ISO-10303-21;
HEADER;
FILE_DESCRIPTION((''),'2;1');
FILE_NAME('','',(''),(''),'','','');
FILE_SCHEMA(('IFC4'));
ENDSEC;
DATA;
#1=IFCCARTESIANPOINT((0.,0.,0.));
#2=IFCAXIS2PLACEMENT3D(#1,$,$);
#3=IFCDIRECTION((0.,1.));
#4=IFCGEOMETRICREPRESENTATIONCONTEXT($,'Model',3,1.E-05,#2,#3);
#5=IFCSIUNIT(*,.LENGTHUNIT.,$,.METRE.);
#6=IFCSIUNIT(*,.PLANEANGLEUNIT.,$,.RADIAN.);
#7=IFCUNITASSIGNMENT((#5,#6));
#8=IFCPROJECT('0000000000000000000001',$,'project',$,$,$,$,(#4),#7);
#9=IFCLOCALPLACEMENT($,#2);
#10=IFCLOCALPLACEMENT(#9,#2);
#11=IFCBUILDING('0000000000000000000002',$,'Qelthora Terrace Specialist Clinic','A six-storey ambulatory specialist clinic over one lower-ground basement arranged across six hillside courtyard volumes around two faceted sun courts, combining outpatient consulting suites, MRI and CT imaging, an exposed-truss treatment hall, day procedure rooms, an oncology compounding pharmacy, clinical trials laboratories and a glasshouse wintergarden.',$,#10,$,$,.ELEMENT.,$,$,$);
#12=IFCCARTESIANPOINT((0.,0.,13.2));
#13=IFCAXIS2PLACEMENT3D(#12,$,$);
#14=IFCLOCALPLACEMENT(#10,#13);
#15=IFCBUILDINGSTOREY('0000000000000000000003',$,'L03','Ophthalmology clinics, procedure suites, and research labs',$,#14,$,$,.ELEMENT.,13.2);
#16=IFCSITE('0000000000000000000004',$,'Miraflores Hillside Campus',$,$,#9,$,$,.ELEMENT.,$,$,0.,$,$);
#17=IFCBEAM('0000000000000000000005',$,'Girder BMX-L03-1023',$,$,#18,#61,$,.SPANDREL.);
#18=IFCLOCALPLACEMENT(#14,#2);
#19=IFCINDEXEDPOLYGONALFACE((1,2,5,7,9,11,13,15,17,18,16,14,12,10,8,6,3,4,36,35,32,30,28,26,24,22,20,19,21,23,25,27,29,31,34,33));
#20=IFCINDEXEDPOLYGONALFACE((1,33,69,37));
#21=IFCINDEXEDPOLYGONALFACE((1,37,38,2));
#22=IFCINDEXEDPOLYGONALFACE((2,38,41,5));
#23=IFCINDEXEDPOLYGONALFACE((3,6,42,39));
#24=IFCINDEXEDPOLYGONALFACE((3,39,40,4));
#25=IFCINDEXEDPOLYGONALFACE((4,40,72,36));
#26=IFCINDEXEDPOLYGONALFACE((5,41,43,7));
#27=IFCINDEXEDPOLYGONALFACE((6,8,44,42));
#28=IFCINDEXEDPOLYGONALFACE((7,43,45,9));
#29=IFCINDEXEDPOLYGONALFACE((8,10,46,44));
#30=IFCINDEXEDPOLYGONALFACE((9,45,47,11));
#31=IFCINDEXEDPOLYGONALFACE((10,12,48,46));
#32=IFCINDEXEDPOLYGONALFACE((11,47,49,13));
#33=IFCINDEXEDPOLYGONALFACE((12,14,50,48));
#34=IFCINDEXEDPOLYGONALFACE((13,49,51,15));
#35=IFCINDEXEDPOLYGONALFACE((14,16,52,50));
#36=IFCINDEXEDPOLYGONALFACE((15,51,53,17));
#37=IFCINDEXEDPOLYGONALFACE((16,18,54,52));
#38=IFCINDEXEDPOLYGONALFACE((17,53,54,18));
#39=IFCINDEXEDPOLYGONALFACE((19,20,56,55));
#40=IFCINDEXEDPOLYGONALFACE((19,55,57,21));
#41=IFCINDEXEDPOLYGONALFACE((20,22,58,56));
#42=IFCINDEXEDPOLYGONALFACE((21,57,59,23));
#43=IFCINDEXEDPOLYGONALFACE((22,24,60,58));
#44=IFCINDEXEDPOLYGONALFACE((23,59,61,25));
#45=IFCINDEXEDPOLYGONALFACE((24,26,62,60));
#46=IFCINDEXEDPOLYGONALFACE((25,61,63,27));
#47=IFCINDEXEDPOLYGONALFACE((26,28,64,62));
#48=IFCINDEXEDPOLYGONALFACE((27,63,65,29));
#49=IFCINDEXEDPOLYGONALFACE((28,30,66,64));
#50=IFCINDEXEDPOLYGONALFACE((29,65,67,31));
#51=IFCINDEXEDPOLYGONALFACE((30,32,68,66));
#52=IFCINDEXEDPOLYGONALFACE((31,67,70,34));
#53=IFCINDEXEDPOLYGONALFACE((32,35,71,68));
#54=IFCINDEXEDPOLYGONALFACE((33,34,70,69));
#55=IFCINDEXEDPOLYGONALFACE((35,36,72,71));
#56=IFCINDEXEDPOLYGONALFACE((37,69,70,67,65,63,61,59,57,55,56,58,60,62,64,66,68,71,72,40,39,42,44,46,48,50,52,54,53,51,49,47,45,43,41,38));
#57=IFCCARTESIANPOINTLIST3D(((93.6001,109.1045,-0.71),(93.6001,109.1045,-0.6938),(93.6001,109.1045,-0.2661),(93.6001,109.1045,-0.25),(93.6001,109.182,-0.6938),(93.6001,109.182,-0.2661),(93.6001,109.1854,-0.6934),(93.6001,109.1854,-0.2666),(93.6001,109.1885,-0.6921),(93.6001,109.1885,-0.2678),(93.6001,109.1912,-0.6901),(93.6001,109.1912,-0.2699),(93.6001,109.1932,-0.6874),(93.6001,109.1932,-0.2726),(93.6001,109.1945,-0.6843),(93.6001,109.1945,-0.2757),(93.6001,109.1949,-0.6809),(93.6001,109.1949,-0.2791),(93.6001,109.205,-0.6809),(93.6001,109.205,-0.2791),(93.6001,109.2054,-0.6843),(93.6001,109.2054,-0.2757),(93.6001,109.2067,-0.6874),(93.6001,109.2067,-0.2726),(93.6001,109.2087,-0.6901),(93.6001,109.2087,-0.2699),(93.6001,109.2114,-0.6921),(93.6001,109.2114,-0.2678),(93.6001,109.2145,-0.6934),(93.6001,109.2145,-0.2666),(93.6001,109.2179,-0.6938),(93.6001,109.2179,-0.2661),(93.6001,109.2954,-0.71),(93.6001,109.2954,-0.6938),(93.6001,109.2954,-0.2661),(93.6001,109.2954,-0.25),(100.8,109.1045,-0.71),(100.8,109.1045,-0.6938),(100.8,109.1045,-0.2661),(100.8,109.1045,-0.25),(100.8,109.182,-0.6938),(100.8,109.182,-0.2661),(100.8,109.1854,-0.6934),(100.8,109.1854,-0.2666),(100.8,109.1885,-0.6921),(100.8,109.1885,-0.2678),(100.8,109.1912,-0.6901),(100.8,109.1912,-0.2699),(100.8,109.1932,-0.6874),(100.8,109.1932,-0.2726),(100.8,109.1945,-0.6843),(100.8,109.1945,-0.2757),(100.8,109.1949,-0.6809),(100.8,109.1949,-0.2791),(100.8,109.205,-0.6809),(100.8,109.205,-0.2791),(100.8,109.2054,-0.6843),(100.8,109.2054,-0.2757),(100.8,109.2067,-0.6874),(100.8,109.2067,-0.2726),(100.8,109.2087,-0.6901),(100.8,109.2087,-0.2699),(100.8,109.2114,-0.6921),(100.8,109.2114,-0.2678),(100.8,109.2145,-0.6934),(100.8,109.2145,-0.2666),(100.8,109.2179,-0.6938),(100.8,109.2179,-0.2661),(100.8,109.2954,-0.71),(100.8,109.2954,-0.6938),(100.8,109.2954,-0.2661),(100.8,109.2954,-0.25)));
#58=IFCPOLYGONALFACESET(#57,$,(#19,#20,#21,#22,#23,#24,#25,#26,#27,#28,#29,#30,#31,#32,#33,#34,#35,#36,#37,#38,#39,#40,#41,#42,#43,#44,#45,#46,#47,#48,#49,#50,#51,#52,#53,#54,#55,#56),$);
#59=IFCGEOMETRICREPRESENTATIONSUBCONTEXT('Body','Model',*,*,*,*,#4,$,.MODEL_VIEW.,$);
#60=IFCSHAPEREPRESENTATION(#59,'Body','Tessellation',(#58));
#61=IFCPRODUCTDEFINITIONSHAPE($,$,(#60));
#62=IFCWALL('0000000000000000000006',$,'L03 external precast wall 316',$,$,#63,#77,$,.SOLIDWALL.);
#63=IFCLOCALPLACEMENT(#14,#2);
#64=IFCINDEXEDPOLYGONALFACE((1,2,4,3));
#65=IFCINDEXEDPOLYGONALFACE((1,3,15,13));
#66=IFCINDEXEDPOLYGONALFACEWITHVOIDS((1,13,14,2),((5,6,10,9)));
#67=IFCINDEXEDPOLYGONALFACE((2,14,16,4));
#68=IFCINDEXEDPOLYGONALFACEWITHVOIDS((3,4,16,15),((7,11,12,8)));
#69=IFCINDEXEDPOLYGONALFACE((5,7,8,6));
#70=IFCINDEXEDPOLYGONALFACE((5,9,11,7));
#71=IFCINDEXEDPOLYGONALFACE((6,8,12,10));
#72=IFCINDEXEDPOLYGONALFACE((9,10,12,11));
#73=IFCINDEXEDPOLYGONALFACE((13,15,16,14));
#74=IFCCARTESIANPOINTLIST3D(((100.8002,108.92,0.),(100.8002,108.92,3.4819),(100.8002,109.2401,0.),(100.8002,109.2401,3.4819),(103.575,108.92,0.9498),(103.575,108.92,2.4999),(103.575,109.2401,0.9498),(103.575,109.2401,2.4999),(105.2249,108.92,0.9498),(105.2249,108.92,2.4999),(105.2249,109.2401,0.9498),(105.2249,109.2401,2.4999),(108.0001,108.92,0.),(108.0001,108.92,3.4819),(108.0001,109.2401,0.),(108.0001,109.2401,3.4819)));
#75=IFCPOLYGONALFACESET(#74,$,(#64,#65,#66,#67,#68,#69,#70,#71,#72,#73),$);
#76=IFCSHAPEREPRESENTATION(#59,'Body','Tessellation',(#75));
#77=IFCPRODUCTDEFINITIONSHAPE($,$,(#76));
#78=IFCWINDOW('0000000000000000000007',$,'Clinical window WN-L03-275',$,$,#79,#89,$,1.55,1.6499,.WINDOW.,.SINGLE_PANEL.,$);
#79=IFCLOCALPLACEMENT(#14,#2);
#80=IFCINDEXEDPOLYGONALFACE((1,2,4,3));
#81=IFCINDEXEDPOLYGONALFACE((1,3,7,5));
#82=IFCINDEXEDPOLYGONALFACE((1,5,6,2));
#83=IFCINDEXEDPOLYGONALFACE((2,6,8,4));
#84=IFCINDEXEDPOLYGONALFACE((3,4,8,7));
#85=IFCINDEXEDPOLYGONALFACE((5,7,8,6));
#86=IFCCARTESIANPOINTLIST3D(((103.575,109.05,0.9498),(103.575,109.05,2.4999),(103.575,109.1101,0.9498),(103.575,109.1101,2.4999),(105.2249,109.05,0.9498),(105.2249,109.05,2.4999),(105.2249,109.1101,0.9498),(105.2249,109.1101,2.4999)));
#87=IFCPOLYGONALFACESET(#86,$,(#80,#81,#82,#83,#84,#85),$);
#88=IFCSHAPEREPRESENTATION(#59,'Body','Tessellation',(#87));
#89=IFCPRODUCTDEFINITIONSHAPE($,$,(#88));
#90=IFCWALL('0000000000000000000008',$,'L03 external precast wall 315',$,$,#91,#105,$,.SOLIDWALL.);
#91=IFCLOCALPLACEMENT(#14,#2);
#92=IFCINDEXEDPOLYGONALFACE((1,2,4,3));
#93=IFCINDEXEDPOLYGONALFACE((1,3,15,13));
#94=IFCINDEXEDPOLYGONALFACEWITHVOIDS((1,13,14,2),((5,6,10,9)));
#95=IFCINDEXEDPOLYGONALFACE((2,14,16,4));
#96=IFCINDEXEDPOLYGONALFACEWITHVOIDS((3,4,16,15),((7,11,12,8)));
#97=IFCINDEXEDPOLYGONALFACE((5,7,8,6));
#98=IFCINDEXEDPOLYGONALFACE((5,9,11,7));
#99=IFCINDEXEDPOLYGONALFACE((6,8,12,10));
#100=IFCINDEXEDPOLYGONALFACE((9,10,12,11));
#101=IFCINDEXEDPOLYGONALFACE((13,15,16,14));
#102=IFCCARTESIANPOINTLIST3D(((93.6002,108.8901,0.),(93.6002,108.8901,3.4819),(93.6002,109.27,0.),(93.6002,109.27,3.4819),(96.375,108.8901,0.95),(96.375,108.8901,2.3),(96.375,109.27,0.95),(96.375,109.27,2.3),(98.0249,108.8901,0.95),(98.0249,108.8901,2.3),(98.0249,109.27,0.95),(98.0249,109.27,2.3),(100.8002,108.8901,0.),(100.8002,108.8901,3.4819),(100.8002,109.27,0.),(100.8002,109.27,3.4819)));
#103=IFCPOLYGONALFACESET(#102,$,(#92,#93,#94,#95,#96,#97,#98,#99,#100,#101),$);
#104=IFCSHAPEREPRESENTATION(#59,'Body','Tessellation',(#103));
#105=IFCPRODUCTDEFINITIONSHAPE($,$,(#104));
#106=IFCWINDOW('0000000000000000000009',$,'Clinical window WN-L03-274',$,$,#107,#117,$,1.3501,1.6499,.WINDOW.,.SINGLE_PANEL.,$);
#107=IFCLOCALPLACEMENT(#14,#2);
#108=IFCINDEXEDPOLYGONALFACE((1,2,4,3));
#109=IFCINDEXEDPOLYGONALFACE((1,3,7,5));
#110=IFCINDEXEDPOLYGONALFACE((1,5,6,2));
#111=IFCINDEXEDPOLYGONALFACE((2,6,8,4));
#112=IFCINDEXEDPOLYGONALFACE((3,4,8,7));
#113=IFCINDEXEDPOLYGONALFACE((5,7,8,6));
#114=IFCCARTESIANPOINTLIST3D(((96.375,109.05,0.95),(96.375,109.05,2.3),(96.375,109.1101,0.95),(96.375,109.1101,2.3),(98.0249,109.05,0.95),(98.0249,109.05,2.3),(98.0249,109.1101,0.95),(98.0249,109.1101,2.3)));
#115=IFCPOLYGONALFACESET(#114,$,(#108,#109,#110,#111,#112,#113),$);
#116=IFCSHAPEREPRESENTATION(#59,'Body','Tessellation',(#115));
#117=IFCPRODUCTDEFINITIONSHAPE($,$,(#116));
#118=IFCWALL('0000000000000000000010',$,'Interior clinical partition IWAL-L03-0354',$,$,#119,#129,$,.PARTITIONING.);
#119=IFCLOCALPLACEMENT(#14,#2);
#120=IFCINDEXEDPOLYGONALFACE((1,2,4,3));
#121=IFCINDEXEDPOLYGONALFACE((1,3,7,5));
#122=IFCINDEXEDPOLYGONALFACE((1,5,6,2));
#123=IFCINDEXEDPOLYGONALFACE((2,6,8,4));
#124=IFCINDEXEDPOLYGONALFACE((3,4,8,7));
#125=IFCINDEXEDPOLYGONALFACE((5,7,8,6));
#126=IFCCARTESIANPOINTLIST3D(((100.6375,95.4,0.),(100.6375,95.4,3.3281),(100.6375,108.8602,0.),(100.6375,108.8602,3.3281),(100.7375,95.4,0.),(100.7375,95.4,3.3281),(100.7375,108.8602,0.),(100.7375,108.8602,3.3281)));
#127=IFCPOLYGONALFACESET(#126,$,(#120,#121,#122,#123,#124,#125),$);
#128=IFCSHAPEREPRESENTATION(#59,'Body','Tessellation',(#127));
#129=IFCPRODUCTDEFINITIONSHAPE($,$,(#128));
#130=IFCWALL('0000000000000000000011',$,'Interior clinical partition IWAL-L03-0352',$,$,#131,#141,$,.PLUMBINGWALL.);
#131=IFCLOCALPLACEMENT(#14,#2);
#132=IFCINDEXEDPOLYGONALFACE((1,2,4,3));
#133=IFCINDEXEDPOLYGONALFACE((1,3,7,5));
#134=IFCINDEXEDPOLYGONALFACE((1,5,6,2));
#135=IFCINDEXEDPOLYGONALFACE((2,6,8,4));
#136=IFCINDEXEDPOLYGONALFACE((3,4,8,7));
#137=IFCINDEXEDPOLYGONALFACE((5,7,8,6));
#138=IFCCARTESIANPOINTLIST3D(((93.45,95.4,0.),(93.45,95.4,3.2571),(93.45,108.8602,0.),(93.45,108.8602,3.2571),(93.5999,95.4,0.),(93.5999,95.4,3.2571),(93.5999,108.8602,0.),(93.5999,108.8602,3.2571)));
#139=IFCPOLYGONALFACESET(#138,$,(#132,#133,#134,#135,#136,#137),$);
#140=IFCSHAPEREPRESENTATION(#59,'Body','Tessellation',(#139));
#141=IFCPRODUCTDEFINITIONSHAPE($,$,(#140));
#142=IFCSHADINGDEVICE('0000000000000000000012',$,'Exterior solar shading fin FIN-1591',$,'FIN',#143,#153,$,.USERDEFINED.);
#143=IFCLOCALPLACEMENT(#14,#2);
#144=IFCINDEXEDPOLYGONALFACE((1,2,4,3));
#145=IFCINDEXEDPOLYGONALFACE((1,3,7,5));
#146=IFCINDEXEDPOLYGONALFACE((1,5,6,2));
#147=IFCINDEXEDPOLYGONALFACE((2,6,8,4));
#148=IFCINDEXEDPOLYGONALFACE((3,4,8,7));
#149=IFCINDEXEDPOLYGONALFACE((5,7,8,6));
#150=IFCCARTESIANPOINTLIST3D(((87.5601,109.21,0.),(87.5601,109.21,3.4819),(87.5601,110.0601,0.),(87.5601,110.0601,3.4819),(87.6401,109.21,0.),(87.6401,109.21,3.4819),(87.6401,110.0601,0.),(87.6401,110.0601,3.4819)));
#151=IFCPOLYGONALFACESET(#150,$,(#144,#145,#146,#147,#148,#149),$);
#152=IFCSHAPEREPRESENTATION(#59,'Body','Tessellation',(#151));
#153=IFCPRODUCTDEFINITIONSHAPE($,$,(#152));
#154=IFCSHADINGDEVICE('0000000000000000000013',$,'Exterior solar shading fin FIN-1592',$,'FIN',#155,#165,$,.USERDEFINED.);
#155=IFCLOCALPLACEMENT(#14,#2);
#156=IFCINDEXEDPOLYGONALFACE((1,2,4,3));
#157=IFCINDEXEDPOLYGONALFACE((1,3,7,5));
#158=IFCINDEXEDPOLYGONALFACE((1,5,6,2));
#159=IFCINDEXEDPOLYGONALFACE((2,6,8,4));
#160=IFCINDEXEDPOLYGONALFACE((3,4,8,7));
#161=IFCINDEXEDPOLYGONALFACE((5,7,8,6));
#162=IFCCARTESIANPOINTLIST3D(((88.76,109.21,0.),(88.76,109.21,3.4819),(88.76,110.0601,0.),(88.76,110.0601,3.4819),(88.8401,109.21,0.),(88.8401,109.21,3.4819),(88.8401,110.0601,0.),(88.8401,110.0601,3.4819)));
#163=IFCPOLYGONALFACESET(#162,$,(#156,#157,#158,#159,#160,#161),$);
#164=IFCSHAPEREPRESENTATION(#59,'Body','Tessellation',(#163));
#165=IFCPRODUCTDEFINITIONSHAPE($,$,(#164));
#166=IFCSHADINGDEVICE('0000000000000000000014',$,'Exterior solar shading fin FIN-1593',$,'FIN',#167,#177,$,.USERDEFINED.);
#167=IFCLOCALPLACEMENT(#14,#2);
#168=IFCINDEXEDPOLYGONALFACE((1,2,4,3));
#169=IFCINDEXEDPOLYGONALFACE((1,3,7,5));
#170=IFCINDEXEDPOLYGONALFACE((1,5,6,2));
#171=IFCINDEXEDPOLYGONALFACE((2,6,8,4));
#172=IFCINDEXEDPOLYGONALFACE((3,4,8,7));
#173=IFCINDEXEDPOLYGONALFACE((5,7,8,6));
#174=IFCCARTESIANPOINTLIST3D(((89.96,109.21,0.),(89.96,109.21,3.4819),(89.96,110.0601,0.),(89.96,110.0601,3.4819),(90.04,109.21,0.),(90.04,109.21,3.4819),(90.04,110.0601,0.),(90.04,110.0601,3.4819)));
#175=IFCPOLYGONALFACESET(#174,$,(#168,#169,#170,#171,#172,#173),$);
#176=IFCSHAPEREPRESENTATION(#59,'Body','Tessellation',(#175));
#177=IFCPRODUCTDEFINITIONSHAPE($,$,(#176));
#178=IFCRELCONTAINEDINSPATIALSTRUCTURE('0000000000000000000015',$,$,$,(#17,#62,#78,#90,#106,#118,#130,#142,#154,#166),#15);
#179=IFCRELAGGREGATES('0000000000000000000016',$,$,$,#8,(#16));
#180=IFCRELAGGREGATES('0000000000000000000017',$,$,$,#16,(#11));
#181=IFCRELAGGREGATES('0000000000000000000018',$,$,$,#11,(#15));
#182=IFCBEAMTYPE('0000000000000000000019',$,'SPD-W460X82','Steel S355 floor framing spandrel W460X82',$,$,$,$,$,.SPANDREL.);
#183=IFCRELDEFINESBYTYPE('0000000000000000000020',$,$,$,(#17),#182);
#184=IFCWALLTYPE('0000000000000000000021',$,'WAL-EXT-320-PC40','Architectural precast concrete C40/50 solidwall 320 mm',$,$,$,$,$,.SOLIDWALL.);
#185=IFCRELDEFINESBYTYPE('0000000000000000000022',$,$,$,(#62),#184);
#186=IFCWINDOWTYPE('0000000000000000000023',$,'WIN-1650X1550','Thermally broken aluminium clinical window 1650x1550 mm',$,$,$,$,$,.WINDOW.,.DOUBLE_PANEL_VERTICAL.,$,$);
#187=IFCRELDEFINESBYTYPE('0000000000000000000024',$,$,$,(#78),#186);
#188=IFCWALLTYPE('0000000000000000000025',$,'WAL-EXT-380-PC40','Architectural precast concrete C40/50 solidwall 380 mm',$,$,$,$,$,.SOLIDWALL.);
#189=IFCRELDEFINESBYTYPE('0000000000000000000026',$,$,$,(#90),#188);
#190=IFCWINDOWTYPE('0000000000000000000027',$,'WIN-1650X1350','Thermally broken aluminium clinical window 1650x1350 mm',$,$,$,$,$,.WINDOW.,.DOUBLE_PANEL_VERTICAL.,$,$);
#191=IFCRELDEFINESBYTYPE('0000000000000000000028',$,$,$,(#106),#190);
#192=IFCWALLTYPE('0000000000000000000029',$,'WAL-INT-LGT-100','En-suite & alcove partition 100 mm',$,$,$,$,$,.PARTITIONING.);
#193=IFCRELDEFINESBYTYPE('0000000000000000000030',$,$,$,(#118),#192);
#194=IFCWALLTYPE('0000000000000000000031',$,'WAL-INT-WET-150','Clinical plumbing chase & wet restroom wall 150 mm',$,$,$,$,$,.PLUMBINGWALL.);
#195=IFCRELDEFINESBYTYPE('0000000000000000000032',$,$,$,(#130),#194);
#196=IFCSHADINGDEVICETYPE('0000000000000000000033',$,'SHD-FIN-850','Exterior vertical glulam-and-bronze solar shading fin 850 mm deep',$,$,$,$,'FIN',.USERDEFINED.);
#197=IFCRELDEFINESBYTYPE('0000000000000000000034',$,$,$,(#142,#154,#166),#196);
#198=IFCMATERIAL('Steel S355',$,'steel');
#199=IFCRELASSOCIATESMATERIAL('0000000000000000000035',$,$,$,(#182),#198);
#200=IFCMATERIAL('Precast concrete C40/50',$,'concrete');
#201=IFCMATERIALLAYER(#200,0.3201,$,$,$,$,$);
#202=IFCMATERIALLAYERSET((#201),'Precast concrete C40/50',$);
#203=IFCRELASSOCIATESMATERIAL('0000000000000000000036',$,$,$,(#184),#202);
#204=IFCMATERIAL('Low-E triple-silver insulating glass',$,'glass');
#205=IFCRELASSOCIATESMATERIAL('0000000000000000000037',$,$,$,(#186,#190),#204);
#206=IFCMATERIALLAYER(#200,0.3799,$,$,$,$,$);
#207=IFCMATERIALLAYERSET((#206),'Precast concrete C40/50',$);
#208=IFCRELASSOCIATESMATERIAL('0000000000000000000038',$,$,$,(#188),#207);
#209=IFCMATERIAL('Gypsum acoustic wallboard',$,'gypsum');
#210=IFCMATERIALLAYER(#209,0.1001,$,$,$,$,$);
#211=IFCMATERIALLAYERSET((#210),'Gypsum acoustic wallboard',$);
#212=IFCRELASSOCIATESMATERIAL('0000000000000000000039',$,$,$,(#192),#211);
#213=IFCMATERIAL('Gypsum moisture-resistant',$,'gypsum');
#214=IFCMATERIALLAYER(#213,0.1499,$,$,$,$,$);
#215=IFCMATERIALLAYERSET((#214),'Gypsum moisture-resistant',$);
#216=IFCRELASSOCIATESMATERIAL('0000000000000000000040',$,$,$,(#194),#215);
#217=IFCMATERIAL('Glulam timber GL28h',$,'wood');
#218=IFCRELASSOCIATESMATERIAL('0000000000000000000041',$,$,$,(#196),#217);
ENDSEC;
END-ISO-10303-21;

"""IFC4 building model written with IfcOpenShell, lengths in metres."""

from ifc_helpers import new_model, si_unit, direction, frame, frame_2d, origin, origin_2d, place, context, subcontext, project, spatial, rectangle, i_section, extrude, material, layer, layer_set, material_profile, profile_set, type_object, element, fill, save


model = new_model("IFC4")

# Units and contexts
model_context = context("Model", 3, precision=1e-05, world=origin(), true_north=direction((0.0, 1.0)))
body_context = subcontext(model_context, "Body", "Model", "MODEL_VIEW")
ifc_project = project(units=[si_unit("LENGTHUNIT", "METRE"), si_unit("PLANEANGLEUNIT", "RADIAN")], contexts=[model_context])

# Site, building, storey
site_placement = place(None, origin())
site = spatial("IfcSite", under=ifc_project, at=site_placement, Name="Miraflores Hillside Campus", CompositionType="ELEMENT", RefElevation=0.0)
building_placement = place(site_placement, origin())
building = spatial("IfcBuilding", under=site, at=building_placement, Name="Qelthora Terrace Specialist Clinic", Description="A six-storey ambulatory specialist clinic over one lower-ground basement arranged across six hillside courtyard volumes around two faceted sun courts, combining outpatient consulting suites, MRI and CT imaging, an exposed-truss treatment hall, day procedure rooms, an oncology compounding pharmacy, clinical trials laboratories and a glasshouse wintergarden.", CompositionType="ELEMENT")
storey_placement = place(building_placement, frame((0.0, 0.0, 13.2)))
storey = spatial("IfcBuildingStorey", under=building, at=storey_placement, Name="L03", Description="Ophthalmology clinics, procedure suites, and research labs", CompositionType="ELEMENT", Elevation=13.2)

# Shared definitions
ifc_material_1 = material(Name="Steel S355", Category="steel")

# Beam
ifc_material_profile_1 = material_profile(ifc_material_1, i_section(OverallWidth=0.1909, OverallDepth=0.46, WebThickness=0.01, FlangeThickness=0.0161, FilletRadius=0.0129, at=origin_2d()), Name="W460X82")
ifc_profile_set_1 = profile_set([ifc_material_profile_1], Name="Steel S355")
beam_type_1 = type_object("IfcBeamType", Name="SPD-W460X82", Description="Steel S355 floor framing spandrel W460X82", PredefinedType="SPANDREL", material=ifc_profile_set_1)
beam_1_placement = place(storey_placement, frame((93.6001, 109.2, -0.48), z_axis=(1.0, 0.0, 0.0), x_axis=(0.0, 1.0, 0.0)))
element("IfcBeam", 1, at=beam_1_placement, inside=storey, type_object=beam_type_1, Name="Girder BMX-L03-1023", PredefinedType="SPANDREL", context=body_context, shape_type="SweptSolid", body=[
    extrude(i_section(OverallWidth=0.1909, OverallDepth=0.46, WebThickness=0.01, FlangeThickness=0.0161, FilletRadius=0.0129, at=origin_2d()), origin(), (0.0, 0.0, 1.0), 7.2),
])

# Walls, openings, windows
ifc_material_2 = material(Name="Precast concrete C40/50", Category="concrete")
ifc_layer_1 = layer(ifc_material_2, 0.3201)
ifc_layer_set_1 = layer_set([ifc_layer_1], Name="Precast concrete C40/50")
wall_type_1 = type_object("IfcWallType", Name="WAL-EXT-320-PC40", Description="Architectural precast concrete C40/50 solidwall 320 mm", PredefinedType="SOLIDWALL", material=ifc_layer_set_1)
wall_1_placement = place(storey_placement, frame((100.8, 109.0801, 0.0), z_axis=(0.0, 0.0, 1.0), x_axis=(1.0, 0.0, 0.0)))
wall_1 = element("IfcWall", 2, at=wall_1_placement, inside=storey, type_object=wall_type_1, Name="L03 external precast wall 316", PredefinedType="SOLIDWALL", context=body_context, shape_type="SweptSolid", body=[
    extrude(rectangle(XDim=7.2, YDim=0.3201, at=frame_2d((3.6001, 0.0))), origin(), (0.0, 0.0, 1.0), 3.4819),
])
opening_1_placement = place(wall_1_placement, frame((2.7749, 0.0, 0.95)))
opening_1 = element("IfcOpeningElement", 3, at=opening_1_placement, cuts=wall_1, PredefinedType="OPENING", context=body_context, shape_type="SweptSolid", body=[
    extrude(rectangle(XDim=1.6499, YDim=1.55, at=frame_2d((0.825, 0.7749))), frame((0.0, 0.1699, 0.0), z_axis=(0.0, -1.0, 0.0), x_axis=(1.0, 0.0, 0.0)), (0.0, 0.0, 1.0), 0.3401),
])
ifc_material_3 = material(Name="Low-E triple-silver insulating glass", Category="glass")
window_type_1 = type_object("IfcWindowType", Name="WIN-1650X1550", Description="Thermally broken aluminium clinical window 1650x1550 mm", PartitioningType="DOUBLE_PANEL_VERTICAL", PredefinedType="WINDOW", material=ifc_material_3)
window_1_placement = place(opening_1_placement, origin())
window_1 = element("IfcWindow", 4, at=window_1_placement, inside=storey, type_object=window_type_1, Name="Clinical window WN-L03-275", OverallHeight=1.55, OverallWidth=1.6499, PartitioningType="SINGLE_PANEL", PredefinedType="WINDOW", context=body_context, shape_type="SweptSolid", body=[
    extrude(rectangle(XDim=1.6499, YDim=1.55, at=frame_2d((0.825, 0.7749))), frame((0.0, 0.03, 0.0), z_axis=(0.0, -1.0, 0.0), x_axis=(1.0, 0.0, 0.0)), (0.0, 0.0, 1.0), 0.0601),
])
fill(opening_1, window_1)
ifc_layer_2 = layer(ifc_material_2, 0.3799)
ifc_layer_set_2 = layer_set([ifc_layer_2], Name="Precast concrete C40/50")
wall_type_2 = type_object("IfcWallType", Name="WAL-EXT-380-PC40", Description="Architectural precast concrete C40/50 solidwall 380 mm", PredefinedType="SOLIDWALL", material=ifc_layer_set_2)
wall_2_placement = place(storey_placement, frame((93.6001, 109.0801, 0.0), z_axis=(0.0, 0.0, 1.0), x_axis=(1.0, 0.0, 0.0)))
wall_2 = element("IfcWall", 5, at=wall_2_placement, inside=storey, type_object=wall_type_2, Name="L03 external precast wall 315", PredefinedType="SOLIDWALL", context=body_context, shape_type="SweptSolid", body=[
    extrude(rectangle(XDim=7.2, YDim=0.3799, at=frame_2d((3.6001, 0.0))), origin(), (0.0, 0.0, 1.0), 3.4819),
])
opening_2_placement = place(wall_2_placement, frame((2.7749, 0.0, 0.95)))
opening_2 = element("IfcOpeningElement", 6, at=opening_2_placement, cuts=wall_2, PredefinedType="OPENING", context=body_context, shape_type="SweptSolid", body=[
    extrude(rectangle(XDim=1.6499, YDim=1.3501, at=frame_2d((0.825, 0.675))), frame((0.0, 0.2, 0.0), z_axis=(0.0, -1.0, 0.0), x_axis=(1.0, 0.0, 0.0)), (0.0, 0.0, 1.0), 0.3999),
])
window_type_2 = type_object("IfcWindowType", Name="WIN-1650X1350", Description="Thermally broken aluminium clinical window 1650x1350 mm", PartitioningType="DOUBLE_PANEL_VERTICAL", PredefinedType="WINDOW", material=ifc_material_3)
window_2_placement = place(opening_2_placement, origin())
window_2 = element("IfcWindow", 7, at=window_2_placement, inside=storey, type_object=window_type_2, Name="Clinical window WN-L03-274", OverallHeight=1.3501, OverallWidth=1.6499, PartitioningType="SINGLE_PANEL", PredefinedType="WINDOW", context=body_context, shape_type="SweptSolid", body=[
    extrude(rectangle(XDim=1.6499, YDim=1.3501, at=frame_2d((0.825, 0.675))), frame((0.0, 0.03, 0.0), z_axis=(0.0, -1.0, 0.0), x_axis=(1.0, 0.0, 0.0)), (0.0, 0.0, 1.0), 0.0601),
])
fill(opening_2, window_2)

# Walls
ifc_material_4 = material(Name="Gypsum acoustic wallboard", Category="gypsum")
ifc_layer_3 = layer(ifc_material_4, 0.1001)
ifc_layer_set_3 = layer_set([ifc_layer_3], Name="Gypsum acoustic wallboard")
wall_type_3 = type_object("IfcWallType", Name="WAL-INT-LGT-100", Description="En-suite & alcove partition 100 mm", PredefinedType="PARTITIONING", material=ifc_layer_set_3)
wall_3_placement = place(storey_placement, frame((100.6875, 108.8601, 0.0), z_axis=(0.0, 0.0, 1.0), x_axis=(0.0, -1.0, 0.0)))
element("IfcWall", 8, at=wall_3_placement, inside=storey, type_object=wall_type_3, Name="Interior clinical partition IWAL-L03-0354", PredefinedType="PARTITIONING", context=body_context, shape_type="SweptSolid", body=[
    extrude(rectangle(XDim=13.4602, YDim=0.1001, at=frame_2d((6.73, 0.0))), origin(), (0.0, 0.0, 1.0), 3.3281),
])
ifc_material_5 = material(Name="Gypsum moisture-resistant", Category="gypsum")
ifc_layer_4 = layer(ifc_material_5, 0.1499)
ifc_layer_set_4 = layer_set([ifc_layer_4], Name="Gypsum moisture-resistant")
wall_type_4 = type_object("IfcWallType", Name="WAL-INT-WET-150", Description="Clinical plumbing chase & wet restroom wall 150 mm", PredefinedType="PLUMBINGWALL", material=ifc_layer_set_4)
wall_4_placement = place(storey_placement, frame((93.5249, 108.8601, 0.0), z_axis=(0.0, 0.0, 1.0), x_axis=(0.0, -1.0, 0.0)))
element("IfcWall", 9, at=wall_4_placement, inside=storey, type_object=wall_type_4, Name="Interior clinical partition IWAL-L03-0352", PredefinedType="PLUMBINGWALL", context=body_context, shape_type="SweptSolid", body=[
    extrude(rectangle(XDim=13.4602, YDim=0.1499, at=frame_2d((6.73, 0.0))), origin(), (0.0, 0.0, 1.0), 3.2571),
])

# Shading devices
ifc_material_6 = material(Name="Glulam timber GL28h", Category="wood")
shading_device_type = type_object("IfcShadingDeviceType", Name="SHD-FIN-850", Description="Exterior vertical glulam-and-bronze solar shading fin 850 mm deep", ElementType="FIN", PredefinedType="USERDEFINED", material=ifc_material_6)
for number, where, z_axis, x_axis, name in (
    (10, (87.6001, 109.635, 0.0), (0.0, 0.0, 1.0), (0.0, 1.0, 0.0), "Exterior solar shading fin FIN-1591"),
    (11, (88.8, 109.635, 0.0), (0.0, 0.0, 1.0), (0.0, 1.0, 0.0), "Exterior solar shading fin FIN-1592"),
    (12, (90.0, 109.635, 0.0), (0.0, 0.0, 1.0), (0.0, 1.0, 0.0), "Exterior solar shading fin FIN-1593"),
):
    element("IfcShadingDevice", number, at=place(storey_placement, frame(where, z_axis=z_axis, x_axis=x_axis)), inside=storey, type_object=shading_device_type, Name=name, ObjectType="FIN", PredefinedType="USERDEFINED", context=body_context, shape_type="SweptSolid", body=[
        extrude(rectangle(XDim=0.8501, YDim=0.0801, at=origin_2d()), origin(), (0.0, 0.0, 1.0), 3.4819),
    ])

save(model, "model.ifc")
